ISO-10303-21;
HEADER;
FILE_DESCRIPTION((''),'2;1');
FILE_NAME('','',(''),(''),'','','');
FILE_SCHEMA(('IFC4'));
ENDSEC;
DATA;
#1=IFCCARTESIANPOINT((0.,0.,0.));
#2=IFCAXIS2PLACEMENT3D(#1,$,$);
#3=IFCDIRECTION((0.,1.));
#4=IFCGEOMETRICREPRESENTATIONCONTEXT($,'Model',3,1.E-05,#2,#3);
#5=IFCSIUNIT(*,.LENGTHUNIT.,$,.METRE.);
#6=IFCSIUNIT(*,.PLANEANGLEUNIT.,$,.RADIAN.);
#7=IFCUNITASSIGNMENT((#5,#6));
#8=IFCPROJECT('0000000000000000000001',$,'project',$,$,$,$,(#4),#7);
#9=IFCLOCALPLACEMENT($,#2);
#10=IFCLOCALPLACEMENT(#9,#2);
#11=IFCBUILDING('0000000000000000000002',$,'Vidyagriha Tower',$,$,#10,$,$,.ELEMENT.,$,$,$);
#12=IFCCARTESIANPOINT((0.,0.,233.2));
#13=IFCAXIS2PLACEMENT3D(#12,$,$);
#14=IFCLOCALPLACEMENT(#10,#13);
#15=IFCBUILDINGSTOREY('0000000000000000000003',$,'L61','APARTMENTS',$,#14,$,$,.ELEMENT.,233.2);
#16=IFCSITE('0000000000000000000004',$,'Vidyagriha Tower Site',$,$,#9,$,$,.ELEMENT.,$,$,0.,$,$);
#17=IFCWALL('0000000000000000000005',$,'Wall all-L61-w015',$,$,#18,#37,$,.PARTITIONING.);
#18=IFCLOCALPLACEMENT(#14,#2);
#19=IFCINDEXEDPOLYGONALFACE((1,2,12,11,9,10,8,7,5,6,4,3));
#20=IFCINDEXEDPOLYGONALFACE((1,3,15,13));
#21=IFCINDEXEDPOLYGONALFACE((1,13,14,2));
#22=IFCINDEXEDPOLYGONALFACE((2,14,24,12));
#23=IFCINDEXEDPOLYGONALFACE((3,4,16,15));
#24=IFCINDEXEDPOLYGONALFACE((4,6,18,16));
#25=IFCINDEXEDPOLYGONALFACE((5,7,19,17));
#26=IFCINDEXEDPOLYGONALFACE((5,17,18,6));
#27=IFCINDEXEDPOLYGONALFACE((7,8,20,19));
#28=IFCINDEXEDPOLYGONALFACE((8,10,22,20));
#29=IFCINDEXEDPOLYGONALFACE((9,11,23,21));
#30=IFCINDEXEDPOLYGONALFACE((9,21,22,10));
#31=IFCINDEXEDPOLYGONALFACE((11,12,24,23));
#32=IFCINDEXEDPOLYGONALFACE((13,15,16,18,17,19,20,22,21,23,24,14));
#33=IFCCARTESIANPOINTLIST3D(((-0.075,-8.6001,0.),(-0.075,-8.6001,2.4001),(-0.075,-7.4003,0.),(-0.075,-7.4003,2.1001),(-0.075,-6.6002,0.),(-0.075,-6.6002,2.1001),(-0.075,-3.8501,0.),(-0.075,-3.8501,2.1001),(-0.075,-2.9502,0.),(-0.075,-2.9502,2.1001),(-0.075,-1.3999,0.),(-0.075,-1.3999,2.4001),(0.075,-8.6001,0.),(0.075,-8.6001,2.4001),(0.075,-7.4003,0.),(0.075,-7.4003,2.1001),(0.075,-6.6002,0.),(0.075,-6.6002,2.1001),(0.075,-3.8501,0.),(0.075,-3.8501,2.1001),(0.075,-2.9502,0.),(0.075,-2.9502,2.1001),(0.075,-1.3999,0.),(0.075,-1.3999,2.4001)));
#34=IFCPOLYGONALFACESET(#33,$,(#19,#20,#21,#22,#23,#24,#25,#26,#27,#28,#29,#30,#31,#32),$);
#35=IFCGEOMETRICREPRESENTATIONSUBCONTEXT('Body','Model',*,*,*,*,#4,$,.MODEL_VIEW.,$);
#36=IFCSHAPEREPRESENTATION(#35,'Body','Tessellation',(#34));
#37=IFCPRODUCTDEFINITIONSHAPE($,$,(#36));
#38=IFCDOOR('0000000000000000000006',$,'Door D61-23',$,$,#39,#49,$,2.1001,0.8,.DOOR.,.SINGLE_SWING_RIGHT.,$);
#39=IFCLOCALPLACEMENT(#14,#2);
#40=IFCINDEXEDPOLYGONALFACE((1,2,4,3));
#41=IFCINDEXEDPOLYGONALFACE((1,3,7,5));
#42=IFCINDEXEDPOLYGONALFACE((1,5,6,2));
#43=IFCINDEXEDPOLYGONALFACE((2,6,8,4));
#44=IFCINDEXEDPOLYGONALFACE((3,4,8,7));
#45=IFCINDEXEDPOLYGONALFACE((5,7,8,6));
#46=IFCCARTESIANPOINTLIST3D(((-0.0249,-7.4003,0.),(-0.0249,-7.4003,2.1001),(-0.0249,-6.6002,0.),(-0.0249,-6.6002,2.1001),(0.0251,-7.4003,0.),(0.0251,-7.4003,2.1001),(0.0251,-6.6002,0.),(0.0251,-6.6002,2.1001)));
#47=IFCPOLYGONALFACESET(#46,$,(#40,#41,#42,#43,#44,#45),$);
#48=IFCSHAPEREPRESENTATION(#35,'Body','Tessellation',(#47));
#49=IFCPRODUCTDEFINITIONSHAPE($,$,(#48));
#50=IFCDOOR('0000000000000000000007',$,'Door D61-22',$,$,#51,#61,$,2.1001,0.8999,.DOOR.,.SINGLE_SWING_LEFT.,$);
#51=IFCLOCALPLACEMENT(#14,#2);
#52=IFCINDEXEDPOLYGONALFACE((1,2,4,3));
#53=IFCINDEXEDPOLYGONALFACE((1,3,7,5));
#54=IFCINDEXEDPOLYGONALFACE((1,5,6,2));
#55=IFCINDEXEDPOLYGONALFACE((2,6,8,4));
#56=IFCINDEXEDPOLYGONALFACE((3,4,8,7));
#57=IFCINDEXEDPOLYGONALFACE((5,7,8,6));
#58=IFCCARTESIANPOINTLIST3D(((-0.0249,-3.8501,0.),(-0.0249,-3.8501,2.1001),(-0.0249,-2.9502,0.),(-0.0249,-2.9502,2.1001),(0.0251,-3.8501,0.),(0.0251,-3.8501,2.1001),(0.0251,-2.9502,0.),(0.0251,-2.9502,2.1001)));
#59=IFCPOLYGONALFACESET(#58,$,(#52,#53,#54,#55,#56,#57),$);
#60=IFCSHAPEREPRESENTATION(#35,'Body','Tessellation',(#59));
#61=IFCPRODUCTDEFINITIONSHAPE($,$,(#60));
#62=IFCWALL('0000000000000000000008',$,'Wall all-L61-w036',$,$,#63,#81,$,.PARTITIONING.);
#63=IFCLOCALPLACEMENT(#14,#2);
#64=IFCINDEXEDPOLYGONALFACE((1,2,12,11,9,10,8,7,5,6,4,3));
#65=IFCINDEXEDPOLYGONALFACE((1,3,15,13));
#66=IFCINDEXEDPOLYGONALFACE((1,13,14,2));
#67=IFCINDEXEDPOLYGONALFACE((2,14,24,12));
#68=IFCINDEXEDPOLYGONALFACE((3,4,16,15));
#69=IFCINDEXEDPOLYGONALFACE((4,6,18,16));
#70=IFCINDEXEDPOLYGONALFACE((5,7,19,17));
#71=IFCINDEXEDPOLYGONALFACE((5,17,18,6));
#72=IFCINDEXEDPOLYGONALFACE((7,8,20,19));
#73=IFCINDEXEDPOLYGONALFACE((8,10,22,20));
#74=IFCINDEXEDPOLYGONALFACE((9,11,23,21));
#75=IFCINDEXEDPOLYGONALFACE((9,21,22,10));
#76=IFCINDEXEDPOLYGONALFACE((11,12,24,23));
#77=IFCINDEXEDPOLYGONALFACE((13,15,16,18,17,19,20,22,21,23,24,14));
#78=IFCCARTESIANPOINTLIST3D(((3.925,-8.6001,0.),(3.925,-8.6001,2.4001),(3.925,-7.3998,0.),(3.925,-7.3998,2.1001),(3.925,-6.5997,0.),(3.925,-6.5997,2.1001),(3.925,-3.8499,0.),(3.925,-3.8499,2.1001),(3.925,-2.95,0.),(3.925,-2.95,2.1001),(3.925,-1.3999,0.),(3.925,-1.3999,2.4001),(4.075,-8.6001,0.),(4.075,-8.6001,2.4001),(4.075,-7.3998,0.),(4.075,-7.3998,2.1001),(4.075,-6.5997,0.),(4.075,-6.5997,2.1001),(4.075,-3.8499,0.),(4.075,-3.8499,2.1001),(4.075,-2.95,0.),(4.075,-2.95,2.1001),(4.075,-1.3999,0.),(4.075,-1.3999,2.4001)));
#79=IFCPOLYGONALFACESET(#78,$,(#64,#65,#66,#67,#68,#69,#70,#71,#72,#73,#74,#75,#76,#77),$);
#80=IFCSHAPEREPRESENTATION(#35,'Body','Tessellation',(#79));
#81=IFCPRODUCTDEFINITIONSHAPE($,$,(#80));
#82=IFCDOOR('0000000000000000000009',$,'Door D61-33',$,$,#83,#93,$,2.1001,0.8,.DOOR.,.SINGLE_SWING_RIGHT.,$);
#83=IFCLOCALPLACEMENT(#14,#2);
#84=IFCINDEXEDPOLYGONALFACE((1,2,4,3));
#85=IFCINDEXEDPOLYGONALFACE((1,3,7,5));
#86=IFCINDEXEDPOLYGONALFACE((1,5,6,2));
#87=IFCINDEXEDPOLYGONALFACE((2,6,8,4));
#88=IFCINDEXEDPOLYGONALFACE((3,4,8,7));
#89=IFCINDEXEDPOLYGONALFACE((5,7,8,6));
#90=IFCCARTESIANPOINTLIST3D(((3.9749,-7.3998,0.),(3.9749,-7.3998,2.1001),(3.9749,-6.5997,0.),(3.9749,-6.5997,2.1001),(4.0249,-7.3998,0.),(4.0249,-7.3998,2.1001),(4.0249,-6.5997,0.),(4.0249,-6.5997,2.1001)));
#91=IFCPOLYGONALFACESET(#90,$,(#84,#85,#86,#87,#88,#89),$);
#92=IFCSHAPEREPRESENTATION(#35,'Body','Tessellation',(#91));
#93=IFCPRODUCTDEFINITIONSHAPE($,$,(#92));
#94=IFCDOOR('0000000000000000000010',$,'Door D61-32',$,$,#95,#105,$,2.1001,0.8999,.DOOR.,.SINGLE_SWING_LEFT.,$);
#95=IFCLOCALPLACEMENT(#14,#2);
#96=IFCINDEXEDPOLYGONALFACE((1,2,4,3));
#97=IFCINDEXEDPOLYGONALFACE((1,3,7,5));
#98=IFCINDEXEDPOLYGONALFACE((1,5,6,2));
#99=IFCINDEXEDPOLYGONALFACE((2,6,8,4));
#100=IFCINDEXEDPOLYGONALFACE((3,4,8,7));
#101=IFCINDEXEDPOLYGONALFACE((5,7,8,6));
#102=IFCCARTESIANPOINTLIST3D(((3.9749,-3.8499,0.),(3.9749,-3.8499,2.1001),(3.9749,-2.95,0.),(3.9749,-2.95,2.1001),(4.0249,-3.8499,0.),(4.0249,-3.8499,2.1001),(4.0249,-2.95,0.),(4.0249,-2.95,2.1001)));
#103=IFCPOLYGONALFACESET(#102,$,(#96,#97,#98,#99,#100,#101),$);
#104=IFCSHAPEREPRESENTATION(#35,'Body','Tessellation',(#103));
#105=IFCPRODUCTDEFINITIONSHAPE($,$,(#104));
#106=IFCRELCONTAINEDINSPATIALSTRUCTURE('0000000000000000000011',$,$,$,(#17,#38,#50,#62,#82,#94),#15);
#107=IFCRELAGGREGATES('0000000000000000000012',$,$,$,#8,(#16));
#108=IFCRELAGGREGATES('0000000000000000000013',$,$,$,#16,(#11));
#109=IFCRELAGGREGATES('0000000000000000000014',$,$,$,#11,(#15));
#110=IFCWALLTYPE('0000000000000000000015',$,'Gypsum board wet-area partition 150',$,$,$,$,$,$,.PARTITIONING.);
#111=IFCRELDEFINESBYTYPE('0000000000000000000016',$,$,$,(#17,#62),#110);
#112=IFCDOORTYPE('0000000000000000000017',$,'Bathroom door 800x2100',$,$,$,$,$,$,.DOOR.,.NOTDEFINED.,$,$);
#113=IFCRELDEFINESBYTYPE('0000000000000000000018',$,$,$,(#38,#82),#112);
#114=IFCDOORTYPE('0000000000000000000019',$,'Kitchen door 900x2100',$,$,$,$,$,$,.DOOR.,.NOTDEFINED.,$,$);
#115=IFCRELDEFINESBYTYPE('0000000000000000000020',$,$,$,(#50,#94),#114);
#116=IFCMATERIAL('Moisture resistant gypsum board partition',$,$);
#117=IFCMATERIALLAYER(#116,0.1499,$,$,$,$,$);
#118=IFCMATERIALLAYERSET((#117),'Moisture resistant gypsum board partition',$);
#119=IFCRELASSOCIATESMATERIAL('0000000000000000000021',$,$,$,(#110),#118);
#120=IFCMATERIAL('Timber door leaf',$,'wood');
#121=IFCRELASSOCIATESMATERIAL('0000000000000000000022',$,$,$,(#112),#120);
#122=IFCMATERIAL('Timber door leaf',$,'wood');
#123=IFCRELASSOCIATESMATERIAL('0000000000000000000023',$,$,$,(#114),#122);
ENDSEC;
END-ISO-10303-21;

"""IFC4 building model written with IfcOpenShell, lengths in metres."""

from ifc_helpers import new_model, si_unit, direction, frame, frame_2d, origin, place, context, subcontext, project, spatial, rectangle, extrude, material, layer, layer_set, type_object, element, fill, save


model = new_model("IFC4")

# Units and contexts
model_context = context("Model", 3, precision=1e-05, world=origin(), true_north=direction((0.0, 1.0)))
body_context = subcontext(model_context, "Body", "Model", "MODEL_VIEW")
ifc_project = project(units=[si_unit("LENGTHUNIT", "METRE"), si_unit("PLANEANGLEUNIT", "RADIAN")], contexts=[model_context])

# Site, building, storey
site_placement = place(None, origin())
site = spatial("IfcSite", under=ifc_project, at=site_placement, Name="Vidyagriha Tower Site", CompositionType="ELEMENT", RefElevation=0.0)
building_placement = place(site_placement, origin())
building = spatial("IfcBuilding", under=site, at=building_placement, Name="Vidyagriha Tower", CompositionType="ELEMENT")
storey_placement = place(building_placement, frame((0.0, 0.0, 233.2)))
storey = spatial("IfcBuildingStorey", under=building, at=storey_placement, Name="L61", Description="APARTMENTS", CompositionType="ELEMENT", Elevation=233.2)

# Walls, openings, doors
ifc_material_1 = material(Name="Moisture resistant gypsum board partition")
ifc_layer_1 = layer(ifc_material_1, 0.1499)
ifc_layer_set_1 = layer_set([ifc_layer_1], Name="Moisture resistant gypsum board partition")
wall_type_1 = type_object("IfcWallType", Name="Gypsum board wet-area partition 150", PredefinedType="PARTITIONING", material=ifc_layer_set_1)
wall_1_placement = place(storey_placement, frame((0.0, -8.6001, 0.0), z_axis=(0.0, 0.0, 1.0), x_axis=(0.0, 1.0, 0.0)))
wall_1 = element("IfcWall", 1, at=wall_1_placement, inside=storey, type_object=wall_type_1, Name="Wall all-L61-w015", PredefinedType="PARTITIONING", context=body_context, shape_type="SweptSolid", body=[
    extrude(rectangle(XDim=7.2002, YDim=0.1499, at=frame_2d((3.6001, 0.0))), origin(), (0.0, 0.0, 1.0), 2.4001),
])
opening_1_placement = place(wall_1_placement, frame((4.75, 0.0, 0.0)))
opening_1 = element("IfcOpeningElement", 2, at=opening_1_placement, cuts=wall_1, PredefinedType="OPENING", context=body_context, shape_type="SweptSolid", body=[
    extrude(rectangle(XDim=0.8999, YDim=2.1001, at=frame_2d((0.45, 1.05))), frame((0.0, 0.085, 0.0), z_axis=(0.0, -1.0, 0.0), x_axis=(1.0, 0.0, 0.0)), (0.0, 0.0, 1.0), 0.1699),
])
opening_2_placement = place(wall_1_placement, frame((1.2, 0.0, 0.0)))
opening_2 = element("IfcOpeningElement", 3, at=opening_2_placement, cuts=wall_1, PredefinedType="OPENING", context=body_context, shape_type="SweptSolid", body=[
    extrude(rectangle(XDim=0.8, YDim=2.1001, at=frame_2d((0.3999, 1.05))), frame((0.0, 0.085, 0.0), z_axis=(0.0, -1.0, 0.0), x_axis=(1.0, 0.0, 0.0)), (0.0, 0.0, 1.0), 0.1699),
])
ifc_material_2 = material(Name="Timber door leaf", Category="wood")
door_type_1 = type_object("IfcDoorType", Name="Bathroom door 800x2100", OperationType="NOTDEFINED", PredefinedType="DOOR", material=ifc_material_2)
door_1_placement = place(opening_2_placement, origin())
door_1 = element("IfcDoor", 4, at=door_1_placement, inside=storey, type_object=door_type_1, Name="Door D61-23", OperationType="SINGLE_SWING_RIGHT", OverallHeight=2.1001, OverallWidth=0.8, PredefinedType="DOOR", context=body_context, shape_type="SweptSolid", body=[
    extrude(rectangle(XDim=0.8, YDim=2.1001, at=frame_2d((0.3999, 1.05))), frame((0.0, 0.0249, 0.0), z_axis=(0.0, -1.0, 0.0), x_axis=(1.0, 0.0, 0.0)), (0.0, 0.0, 1.0), 0.05),
])
fill(opening_2, door_1)
ifc_material_3 = material(Name="Timber door leaf", Category="wood")
door_type_2 = type_object("IfcDoorType", Name="Kitchen door 900x2100", OperationType="NOTDEFINED", PredefinedType="DOOR", material=ifc_material_3)
door_2_placement = place(opening_1_placement, origin())
door_2 = element("IfcDoor", 5, at=door_2_placement, inside=storey, type_object=door_type_2, Name="Door D61-22", OperationType="SINGLE_SWING_LEFT", OverallHeight=2.1001, OverallWidth=0.8999, PredefinedType="DOOR", context=body_context, shape_type="SweptSolid", body=[
    extrude(rectangle(XDim=0.8999, YDim=2.1001, at=frame_2d((0.45, 1.05))), frame((0.0, 0.0249, 0.0), z_axis=(0.0, -1.0, 0.0), x_axis=(1.0, 0.0, 0.0)), (0.0, 0.0, 1.0), 0.05),
])
fill(opening_1, door_2)
wall_2_placement = place(storey_placement, frame((4.0, -1.3999, 0.0), z_axis=(0.0, 0.0, 1.0), x_axis=(0.0, -1.0, 0.0)))
wall_2 = element("IfcWall", 6, at=wall_2_placement, inside=storey, type_object=wall_type_1, Name="Wall all-L61-w036", PredefinedType="PARTITIONING", context=body_context, shape_type="SweptSolid", body=[
    extrude(rectangle(XDim=7.2002, YDim=0.1499, at=frame_2d((3.6001, 0.0))), origin(), (0.0, 0.0, 1.0), 2.4001),
])
opening_3_placement = place(wall_2_placement, frame((1.55, 0.0, 0.0)))
opening_3 = element("IfcOpeningElement", 7, at=opening_3_placement, cuts=wall_2, PredefinedType="OPENING", context=body_context, shape_type="SweptSolid", body=[
    extrude(rectangle(XDim=0.8999, YDim=2.1001, at=frame_2d((0.45, 1.05))), frame((0.0, 0.085, 0.0), z_axis=(0.0, -1.0, 0.0), x_axis=(1.0, 0.0, 0.0)), (0.0, 0.0, 1.0), 0.1699),
])
opening_4_placement = place(wall_2_placement, frame((5.2, 0.0, 0.0)))
opening_4 = element("IfcOpeningElement", 8, at=opening_4_placement, cuts=wall_2, PredefinedType="OPENING", context=body_context, shape_type="SweptSolid", body=[
    extrude(rectangle(XDim=0.8, YDim=2.1001, at=frame_2d((0.3999, 1.05))), frame((0.0, 0.085, 0.0), z_axis=(0.0, -1.0, 0.0), x_axis=(1.0, 0.0, 0.0)), (0.0, 0.0, 1.0), 0.1699),
])
door_3_placement = place(opening_4_placement, origin())
door_3 = element("IfcDoor", 9, at=door_3_placement, inside=storey, type_object=door_type_1, Name="Door D61-33", OperationType="SINGLE_SWING_RIGHT", OverallHeight=2.1001, OverallWidth=0.8, PredefinedType="DOOR", context=body_context, shape_type="SweptSolid", body=[
    extrude(rectangle(XDim=0.8, YDim=2.1001, at=frame_2d((0.3999, 1.05))), frame((0.0, 0.0249, 0.0), z_axis=(0.0, -1.0, 0.0), x_axis=(1.0, 0.0, 0.0)), (0.0, 0.0, 1.0), 0.05),
])
fill(opening_4, door_3)
door_4_placement = place(opening_3_placement, origin())
door_4 = element("IfcDoor", 10, at=door_4_placement, inside=storey, type_object=door_type_2, Name="Door D61-32", OperationType="SINGLE_SWING_LEFT", OverallHeight=2.1001, OverallWidth=0.8999, PredefinedType="DOOR", context=body_context, shape_type="SweptSolid", body=[
    extrude(rectangle(XDim=0.8999, YDim=2.1001, at=frame_2d((0.45, 1.05))), frame((0.0, 0.0249, 0.0), z_axis=(0.0, -1.0, 0.0), x_axis=(1.0, 0.0, 0.0)), (0.0, 0.0, 1.0), 0.05),
])
fill(opening_3, door_4)

save(model, "model.ifc")
